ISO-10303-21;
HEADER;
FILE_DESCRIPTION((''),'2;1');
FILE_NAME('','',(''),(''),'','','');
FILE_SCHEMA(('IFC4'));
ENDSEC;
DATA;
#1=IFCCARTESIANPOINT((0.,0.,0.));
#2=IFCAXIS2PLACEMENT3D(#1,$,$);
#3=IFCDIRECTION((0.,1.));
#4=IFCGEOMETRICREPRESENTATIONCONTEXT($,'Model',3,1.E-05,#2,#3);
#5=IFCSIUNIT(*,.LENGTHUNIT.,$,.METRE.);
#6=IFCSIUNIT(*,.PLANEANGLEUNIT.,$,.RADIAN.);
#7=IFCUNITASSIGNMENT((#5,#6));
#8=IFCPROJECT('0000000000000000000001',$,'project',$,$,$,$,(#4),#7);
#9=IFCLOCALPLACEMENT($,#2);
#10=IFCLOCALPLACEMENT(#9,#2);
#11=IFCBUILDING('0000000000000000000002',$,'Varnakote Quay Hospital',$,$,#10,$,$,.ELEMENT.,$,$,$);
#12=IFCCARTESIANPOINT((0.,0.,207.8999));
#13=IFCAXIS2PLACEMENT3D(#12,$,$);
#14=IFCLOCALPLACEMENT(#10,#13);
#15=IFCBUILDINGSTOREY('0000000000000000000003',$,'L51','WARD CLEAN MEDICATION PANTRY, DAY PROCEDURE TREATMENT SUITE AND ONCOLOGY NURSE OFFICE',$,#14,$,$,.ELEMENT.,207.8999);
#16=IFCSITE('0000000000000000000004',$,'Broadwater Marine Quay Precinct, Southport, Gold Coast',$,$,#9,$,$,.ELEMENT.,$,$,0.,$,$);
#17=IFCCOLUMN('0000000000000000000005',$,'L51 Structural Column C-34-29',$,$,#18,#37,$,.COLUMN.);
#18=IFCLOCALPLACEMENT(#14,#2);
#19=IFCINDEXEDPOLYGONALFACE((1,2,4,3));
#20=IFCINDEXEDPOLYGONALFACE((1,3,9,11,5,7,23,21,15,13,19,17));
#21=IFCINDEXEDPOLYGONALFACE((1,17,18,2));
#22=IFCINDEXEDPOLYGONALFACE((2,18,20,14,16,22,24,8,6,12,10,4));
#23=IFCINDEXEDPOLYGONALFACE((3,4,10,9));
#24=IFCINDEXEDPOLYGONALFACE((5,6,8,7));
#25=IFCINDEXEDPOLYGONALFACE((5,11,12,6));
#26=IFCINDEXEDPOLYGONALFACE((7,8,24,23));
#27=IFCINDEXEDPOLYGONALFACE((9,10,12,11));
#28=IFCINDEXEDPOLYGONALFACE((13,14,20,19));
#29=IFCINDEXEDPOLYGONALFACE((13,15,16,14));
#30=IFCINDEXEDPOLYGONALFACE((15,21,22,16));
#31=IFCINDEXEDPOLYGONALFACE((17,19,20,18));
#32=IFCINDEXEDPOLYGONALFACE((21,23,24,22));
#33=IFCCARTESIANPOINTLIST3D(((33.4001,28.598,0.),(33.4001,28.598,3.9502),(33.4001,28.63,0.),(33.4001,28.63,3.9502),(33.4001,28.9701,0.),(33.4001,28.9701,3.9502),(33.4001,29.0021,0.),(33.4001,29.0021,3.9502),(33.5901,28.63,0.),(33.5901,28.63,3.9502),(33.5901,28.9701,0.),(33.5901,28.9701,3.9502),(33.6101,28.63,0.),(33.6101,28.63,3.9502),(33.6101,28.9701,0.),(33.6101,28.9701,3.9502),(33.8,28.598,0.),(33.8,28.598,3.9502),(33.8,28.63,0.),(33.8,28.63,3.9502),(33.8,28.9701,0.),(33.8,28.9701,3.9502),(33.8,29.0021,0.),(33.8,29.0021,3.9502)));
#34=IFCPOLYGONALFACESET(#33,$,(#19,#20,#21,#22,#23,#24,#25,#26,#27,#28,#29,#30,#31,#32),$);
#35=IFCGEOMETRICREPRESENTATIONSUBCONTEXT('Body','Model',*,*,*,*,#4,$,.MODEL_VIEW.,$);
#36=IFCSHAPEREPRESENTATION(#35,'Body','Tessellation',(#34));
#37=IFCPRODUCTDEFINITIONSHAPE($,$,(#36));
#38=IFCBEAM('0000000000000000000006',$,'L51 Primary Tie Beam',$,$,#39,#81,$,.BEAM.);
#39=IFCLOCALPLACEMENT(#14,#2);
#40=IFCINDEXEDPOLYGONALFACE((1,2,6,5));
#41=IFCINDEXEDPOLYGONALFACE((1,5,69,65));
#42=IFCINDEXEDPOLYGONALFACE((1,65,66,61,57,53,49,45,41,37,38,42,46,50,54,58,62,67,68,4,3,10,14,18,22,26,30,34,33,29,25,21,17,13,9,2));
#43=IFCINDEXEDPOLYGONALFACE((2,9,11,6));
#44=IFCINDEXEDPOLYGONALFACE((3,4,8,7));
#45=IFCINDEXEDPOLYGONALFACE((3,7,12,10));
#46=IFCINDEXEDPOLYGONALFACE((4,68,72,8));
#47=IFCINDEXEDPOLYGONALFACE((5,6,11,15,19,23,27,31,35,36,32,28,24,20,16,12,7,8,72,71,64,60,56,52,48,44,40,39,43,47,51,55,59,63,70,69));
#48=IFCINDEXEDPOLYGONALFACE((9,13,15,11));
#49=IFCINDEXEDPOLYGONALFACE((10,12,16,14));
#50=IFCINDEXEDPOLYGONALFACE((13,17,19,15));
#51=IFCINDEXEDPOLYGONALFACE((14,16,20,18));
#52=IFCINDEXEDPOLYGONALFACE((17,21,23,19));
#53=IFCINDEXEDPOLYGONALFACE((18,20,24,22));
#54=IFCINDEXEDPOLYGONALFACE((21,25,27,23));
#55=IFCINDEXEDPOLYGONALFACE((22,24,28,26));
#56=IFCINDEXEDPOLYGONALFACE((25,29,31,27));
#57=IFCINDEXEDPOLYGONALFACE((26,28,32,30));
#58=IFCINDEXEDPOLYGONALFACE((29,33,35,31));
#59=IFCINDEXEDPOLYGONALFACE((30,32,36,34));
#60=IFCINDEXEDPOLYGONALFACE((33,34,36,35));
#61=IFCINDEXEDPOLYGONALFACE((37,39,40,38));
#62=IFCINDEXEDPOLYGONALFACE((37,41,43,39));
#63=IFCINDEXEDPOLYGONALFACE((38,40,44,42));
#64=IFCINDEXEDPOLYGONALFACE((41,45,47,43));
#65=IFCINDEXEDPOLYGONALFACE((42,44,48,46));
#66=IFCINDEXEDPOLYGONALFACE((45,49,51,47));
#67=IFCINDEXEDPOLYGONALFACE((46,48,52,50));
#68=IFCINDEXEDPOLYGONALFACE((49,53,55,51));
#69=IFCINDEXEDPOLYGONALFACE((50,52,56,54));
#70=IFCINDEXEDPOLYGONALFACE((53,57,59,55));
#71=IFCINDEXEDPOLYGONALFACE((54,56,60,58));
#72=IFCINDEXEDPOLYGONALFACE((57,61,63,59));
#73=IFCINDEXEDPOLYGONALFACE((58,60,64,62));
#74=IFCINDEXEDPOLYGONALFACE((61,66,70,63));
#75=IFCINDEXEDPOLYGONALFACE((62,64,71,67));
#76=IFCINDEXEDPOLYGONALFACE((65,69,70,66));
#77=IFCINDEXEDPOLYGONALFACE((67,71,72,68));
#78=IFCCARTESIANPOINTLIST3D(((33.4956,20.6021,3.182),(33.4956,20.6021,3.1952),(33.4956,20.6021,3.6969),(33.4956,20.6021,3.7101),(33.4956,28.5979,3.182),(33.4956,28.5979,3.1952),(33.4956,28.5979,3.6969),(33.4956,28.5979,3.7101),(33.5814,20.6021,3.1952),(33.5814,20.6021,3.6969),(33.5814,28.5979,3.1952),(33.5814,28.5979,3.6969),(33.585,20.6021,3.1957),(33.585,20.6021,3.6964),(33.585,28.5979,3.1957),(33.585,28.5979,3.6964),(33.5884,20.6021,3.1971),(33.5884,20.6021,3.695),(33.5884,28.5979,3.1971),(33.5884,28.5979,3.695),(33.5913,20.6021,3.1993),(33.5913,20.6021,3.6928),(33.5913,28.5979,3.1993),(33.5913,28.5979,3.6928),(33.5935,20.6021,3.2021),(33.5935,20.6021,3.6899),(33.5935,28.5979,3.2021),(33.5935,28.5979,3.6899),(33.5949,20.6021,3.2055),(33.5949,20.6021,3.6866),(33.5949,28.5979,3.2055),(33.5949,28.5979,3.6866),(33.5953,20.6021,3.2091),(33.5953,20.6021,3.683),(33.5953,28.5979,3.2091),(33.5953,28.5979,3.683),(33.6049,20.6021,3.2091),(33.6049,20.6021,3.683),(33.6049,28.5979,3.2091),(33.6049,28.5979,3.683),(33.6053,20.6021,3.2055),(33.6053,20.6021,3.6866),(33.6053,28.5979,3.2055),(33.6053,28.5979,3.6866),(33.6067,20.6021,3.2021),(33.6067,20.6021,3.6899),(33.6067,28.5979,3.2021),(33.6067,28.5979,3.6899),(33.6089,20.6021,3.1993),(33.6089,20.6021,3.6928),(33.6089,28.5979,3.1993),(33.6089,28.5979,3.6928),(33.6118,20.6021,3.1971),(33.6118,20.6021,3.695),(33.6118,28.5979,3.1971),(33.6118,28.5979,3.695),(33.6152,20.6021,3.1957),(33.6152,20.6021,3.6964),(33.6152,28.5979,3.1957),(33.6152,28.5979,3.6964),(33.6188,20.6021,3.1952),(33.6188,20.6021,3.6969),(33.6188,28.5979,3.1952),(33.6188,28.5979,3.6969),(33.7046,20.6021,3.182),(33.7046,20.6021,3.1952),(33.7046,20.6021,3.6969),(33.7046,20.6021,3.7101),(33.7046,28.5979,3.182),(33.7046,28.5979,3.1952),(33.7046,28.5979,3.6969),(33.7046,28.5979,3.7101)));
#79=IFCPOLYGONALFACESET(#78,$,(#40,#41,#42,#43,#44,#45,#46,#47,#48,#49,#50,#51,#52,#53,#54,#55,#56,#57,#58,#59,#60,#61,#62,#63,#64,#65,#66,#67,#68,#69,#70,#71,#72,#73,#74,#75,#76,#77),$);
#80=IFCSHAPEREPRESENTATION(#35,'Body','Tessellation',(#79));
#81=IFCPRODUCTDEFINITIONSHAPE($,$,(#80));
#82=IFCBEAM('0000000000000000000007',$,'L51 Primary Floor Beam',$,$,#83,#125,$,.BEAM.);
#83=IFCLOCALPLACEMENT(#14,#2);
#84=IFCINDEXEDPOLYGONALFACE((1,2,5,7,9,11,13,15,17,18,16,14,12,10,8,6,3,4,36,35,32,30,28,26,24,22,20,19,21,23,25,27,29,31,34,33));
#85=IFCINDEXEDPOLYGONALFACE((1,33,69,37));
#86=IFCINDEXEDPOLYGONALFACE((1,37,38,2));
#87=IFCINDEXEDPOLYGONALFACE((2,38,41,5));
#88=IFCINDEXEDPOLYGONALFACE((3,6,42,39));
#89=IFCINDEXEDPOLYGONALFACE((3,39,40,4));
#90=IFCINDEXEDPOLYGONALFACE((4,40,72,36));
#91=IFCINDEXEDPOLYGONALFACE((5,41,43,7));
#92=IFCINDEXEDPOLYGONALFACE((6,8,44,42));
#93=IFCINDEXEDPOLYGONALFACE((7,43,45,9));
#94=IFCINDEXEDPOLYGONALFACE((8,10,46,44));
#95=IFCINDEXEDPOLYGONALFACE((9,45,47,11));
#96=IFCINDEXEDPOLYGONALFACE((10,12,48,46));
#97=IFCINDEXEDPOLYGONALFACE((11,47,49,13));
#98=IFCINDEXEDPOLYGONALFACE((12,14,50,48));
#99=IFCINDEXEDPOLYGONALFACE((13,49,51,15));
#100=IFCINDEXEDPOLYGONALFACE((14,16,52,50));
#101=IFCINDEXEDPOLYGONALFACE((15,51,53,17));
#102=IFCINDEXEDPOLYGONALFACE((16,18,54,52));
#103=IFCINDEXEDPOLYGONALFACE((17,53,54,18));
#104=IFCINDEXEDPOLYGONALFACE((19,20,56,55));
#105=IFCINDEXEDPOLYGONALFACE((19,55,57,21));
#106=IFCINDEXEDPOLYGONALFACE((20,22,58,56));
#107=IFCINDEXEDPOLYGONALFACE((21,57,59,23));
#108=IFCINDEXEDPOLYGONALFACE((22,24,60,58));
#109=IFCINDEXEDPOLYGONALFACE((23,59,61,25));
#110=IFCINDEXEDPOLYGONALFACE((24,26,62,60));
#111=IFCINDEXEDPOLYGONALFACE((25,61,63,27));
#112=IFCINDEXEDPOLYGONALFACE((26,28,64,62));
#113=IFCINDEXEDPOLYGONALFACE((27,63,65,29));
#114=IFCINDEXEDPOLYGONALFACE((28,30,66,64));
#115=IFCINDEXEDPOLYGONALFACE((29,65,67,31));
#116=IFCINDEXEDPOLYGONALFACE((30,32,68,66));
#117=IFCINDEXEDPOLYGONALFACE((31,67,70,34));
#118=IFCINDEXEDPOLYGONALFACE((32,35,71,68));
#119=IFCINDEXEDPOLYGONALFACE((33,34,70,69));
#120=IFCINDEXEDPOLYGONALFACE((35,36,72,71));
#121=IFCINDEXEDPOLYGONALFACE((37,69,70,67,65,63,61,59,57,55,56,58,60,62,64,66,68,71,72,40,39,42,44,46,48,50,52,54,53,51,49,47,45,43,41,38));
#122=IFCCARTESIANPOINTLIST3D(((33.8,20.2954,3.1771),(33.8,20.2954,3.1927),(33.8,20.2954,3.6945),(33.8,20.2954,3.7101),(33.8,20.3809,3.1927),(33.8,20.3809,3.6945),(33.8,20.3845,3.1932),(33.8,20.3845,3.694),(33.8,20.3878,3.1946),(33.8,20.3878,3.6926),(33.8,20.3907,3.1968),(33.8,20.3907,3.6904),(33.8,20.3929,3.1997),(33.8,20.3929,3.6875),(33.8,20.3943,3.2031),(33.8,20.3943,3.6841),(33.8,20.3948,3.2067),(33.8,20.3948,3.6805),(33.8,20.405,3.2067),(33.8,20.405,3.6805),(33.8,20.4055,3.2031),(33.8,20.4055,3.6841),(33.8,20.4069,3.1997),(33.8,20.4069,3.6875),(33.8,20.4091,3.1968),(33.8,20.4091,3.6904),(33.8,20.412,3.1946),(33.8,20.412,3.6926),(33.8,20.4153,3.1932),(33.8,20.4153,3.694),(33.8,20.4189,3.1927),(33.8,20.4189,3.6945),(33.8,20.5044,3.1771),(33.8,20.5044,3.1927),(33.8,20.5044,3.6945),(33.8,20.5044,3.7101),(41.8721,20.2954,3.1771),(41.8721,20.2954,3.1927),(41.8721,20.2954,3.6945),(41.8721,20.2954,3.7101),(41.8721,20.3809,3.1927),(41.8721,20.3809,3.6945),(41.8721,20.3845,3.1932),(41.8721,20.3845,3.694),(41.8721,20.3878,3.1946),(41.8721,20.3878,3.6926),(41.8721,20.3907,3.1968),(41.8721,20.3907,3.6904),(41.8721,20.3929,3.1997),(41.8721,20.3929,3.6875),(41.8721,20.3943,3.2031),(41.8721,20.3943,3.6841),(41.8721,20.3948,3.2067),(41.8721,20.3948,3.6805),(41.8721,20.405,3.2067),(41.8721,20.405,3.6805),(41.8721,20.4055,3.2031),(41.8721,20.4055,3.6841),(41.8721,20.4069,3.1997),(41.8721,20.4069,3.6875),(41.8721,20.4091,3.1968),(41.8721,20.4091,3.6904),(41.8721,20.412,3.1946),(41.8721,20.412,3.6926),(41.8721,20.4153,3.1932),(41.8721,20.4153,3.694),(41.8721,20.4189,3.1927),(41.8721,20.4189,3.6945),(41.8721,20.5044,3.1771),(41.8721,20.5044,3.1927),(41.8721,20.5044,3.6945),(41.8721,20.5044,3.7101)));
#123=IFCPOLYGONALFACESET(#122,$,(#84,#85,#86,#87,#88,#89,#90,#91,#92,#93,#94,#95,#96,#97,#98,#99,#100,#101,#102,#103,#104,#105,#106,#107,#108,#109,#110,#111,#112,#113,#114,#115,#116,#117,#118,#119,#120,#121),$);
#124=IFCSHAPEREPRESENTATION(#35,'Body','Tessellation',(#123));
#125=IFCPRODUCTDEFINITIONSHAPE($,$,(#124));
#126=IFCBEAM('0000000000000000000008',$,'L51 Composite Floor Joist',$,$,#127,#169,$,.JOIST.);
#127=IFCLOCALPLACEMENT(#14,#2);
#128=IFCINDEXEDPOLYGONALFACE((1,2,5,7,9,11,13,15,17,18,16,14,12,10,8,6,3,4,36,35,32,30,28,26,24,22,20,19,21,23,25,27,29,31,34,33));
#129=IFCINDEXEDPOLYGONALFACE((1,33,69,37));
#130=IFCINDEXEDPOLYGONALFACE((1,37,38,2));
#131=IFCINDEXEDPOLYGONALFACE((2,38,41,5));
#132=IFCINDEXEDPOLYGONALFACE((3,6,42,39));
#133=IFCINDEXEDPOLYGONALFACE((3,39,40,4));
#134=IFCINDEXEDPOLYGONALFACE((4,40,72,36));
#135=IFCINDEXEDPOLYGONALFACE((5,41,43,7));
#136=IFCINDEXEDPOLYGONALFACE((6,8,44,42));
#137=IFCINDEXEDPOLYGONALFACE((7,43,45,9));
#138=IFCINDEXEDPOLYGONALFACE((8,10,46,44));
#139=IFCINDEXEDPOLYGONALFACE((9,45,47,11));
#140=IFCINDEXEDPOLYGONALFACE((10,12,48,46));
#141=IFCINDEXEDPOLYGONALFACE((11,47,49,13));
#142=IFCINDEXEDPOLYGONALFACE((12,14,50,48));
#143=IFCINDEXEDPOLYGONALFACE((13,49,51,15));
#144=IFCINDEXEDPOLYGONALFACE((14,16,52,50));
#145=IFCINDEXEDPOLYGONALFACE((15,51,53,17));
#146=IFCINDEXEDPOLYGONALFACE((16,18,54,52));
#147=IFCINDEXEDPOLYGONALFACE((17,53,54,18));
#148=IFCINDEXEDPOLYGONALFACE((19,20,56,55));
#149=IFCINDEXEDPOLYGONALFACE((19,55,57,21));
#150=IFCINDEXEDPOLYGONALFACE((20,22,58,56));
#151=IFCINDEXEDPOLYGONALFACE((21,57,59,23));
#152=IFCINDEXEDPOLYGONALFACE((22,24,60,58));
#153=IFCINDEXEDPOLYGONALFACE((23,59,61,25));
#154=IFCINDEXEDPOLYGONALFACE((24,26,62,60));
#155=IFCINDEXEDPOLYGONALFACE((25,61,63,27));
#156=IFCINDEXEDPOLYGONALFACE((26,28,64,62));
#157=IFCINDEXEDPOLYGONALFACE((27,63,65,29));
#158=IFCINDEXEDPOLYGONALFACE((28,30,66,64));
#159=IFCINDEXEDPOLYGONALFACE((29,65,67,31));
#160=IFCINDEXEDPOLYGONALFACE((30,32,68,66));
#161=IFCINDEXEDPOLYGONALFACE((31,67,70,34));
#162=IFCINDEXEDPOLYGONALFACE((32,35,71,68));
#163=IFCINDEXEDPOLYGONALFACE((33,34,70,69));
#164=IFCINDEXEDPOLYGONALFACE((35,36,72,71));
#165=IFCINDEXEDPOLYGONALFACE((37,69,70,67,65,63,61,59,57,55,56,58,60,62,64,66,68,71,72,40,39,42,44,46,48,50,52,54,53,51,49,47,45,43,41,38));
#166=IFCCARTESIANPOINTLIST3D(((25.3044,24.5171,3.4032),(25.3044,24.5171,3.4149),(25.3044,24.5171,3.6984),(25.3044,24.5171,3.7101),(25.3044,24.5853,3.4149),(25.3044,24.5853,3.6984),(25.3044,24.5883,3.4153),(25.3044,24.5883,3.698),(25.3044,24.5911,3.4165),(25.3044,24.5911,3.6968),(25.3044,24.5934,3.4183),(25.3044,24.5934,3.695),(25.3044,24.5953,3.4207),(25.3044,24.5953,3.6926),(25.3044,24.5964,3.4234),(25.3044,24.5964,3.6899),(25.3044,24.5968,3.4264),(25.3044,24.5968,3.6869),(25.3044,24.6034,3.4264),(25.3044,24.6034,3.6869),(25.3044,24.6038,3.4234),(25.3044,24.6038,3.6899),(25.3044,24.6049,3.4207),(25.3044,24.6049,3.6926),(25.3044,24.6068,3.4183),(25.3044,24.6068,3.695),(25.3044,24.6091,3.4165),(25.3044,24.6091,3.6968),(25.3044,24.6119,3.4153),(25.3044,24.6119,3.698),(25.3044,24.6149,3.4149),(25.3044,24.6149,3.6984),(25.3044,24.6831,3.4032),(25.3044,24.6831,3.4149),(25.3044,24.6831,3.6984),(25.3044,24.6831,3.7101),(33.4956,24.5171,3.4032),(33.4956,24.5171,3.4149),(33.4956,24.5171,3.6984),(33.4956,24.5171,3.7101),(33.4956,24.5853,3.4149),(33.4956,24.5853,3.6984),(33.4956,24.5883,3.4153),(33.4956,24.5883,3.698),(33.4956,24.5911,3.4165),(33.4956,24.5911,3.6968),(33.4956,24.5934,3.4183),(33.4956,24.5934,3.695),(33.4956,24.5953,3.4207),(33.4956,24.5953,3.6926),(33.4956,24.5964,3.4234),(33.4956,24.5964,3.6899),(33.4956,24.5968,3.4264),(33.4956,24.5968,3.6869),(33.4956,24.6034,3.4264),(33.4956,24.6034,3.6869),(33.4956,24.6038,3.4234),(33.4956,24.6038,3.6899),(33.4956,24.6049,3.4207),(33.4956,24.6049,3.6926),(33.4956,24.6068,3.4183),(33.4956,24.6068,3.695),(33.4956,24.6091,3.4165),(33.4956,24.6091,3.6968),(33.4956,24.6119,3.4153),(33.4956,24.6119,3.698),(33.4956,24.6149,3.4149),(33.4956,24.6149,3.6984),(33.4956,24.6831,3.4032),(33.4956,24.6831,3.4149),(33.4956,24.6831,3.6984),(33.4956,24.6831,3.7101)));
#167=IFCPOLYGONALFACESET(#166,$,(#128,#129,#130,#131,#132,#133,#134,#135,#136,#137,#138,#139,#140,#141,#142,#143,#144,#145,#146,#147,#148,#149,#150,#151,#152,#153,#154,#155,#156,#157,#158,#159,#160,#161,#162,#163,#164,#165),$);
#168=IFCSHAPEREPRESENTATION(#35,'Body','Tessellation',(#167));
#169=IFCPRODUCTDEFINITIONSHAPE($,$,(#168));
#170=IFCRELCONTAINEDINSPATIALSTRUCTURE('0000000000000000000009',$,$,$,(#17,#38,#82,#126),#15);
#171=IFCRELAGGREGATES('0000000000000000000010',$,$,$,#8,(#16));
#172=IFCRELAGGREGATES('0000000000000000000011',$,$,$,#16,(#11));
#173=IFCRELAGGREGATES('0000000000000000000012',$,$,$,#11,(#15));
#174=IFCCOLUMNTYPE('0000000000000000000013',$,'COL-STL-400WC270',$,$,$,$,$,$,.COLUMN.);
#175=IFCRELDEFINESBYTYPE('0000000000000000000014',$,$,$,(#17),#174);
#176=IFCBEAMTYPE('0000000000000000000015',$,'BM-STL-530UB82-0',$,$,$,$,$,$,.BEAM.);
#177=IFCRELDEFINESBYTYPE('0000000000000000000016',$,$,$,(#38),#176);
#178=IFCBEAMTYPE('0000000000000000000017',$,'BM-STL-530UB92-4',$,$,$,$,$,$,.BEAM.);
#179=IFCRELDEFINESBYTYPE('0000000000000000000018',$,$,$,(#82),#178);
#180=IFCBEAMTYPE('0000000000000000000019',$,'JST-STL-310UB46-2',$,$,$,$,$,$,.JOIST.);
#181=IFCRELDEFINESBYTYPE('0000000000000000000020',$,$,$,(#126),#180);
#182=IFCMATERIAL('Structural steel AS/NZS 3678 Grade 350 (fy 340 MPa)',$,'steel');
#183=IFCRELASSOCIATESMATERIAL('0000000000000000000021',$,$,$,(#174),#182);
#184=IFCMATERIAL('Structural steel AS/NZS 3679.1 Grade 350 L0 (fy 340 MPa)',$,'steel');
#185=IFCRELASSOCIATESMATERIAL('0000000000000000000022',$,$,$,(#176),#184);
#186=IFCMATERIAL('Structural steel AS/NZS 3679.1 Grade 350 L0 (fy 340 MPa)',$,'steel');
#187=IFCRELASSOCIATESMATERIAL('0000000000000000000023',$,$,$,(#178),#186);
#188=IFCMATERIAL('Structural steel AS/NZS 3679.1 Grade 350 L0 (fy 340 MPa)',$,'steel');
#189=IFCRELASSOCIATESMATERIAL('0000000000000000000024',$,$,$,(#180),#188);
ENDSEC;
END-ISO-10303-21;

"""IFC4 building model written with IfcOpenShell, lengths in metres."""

from ifc_helpers import new_model, si_unit, direction, frame, origin, origin_2d, place, context, subcontext, project, spatial, i_section, extrude, material, material_profile, profile_set, type_object, element, save


model = new_model("IFC4")

# Units and contexts
model_context = context("Model", 3, precision=1e-05, world=origin(), true_north=direction((0.0, 1.0)))
body_context = subcontext(model_context, "Body", "Model", "MODEL_VIEW")
ifc_project = project(units=[si_unit("LENGTHUNIT", "METRE"), si_unit("PLANEANGLEUNIT", "RADIAN")], contexts=[model_context])

# Site, building, storey
site_placement = place(None, origin())
site = spatial("IfcSite", under=ifc_project, at=site_placement, Name="Broadwater Marine Quay Precinct, Southport, Gold Coast", CompositionType="ELEMENT", RefElevation=0.0)
building_placement = place(site_placement, origin())
building = spatial("IfcBuilding", under=site, at=building_placement, Name="Varnakote Quay Hospital", CompositionType="ELEMENT")
storey_placement = place(building_placement, frame((0.0, 0.0, 207.8999)))
storey = spatial("IfcBuildingStorey", under=building, at=storey_placement, Name="L51", Description="WARD CLEAN MEDICATION PANTRY, DAY PROCEDURE TREATMENT SUITE AND ONCOLOGY NURSE OFFICE", CompositionType="ELEMENT", Elevation=207.8999)

# Column
ifc_material_1 = material(Name="Structural steel AS/NZS 3678 Grade 350 (fy 340 MPa)", Category="steel")
ifc_material_profile_1 = material_profile(ifc_material_1, i_section(OverallWidth=0.3999, OverallDepth=0.4041, WebThickness=0.02, FlangeThickness=0.032, at=origin_2d()), Name="400WC270")
ifc_profile_set_1 = profile_set([ifc_material_profile_1], Name="Structural steel AS/NZS 3678 Grade 350 (fy 340 MPa)")
column_type = type_object("IfcColumnType", Name="COL-STL-400WC270", PredefinedType="COLUMN", material=ifc_profile_set_1)
column_placement = place(storey_placement, frame((33.6001, 28.8, 0.0), z_axis=(0.0, 0.0, 1.0), x_axis=(1.0, 0.0, 0.0)))
element("IfcColumn", 1, at=column_placement, inside=storey, type_object=column_type, Name="L51 Structural Column C-34-29", PredefinedType="COLUMN", context=body_context, shape_type="SweptSolid", body=[
    extrude(i_section(OverallWidth=0.3999, OverallDepth=0.4041, WebThickness=0.02, FlangeThickness=0.032, at=origin_2d()), origin(), (0.0, 0.0, 1.0), 3.9502),
])

# Beams
ifc_material_2 = material(Name="Structural steel AS/NZS 3679.1 Grade 350 L0 (fy 340 MPa)", Category="steel")
ifc_material_profile_2 = material_profile(ifc_material_2, i_section(OverallWidth=0.209, OverallDepth=0.5281, WebThickness=0.0095, FlangeThickness=0.0132, FilletRadius=0.0139, at=origin_2d()), Name="530UB82.0")
ifc_profile_set_2 = profile_set([ifc_material_profile_2], Name="Structural steel AS/NZS 3679.1 Grade 350 L0 (fy 340 MPa)")
beam_type_1 = type_object("IfcBeamType", Name="BM-STL-530UB82-0", PredefinedType="BEAM", material=ifc_profile_set_2)
beam_1_placement = place(storey_placement, frame((33.6001, 20.6021, 3.446), z_axis=(0.0, 1.0, 0.0), x_axis=(-1.0, 0.0, 0.0)))
element("IfcBeam", 2, at=beam_1_placement, inside=storey, type_object=beam_type_1, Name="L51 Primary Tie Beam", PredefinedType="BEAM", context=body_context, shape_type="SweptSolid", body=[
    extrude(i_section(OverallWidth=0.209, OverallDepth=0.5281, WebThickness=0.0095, FlangeThickness=0.0132, FilletRadius=0.0139, at=origin_2d()), origin(), (0.0, 0.0, 1.0), 7.9958),
])
ifc_material_3 = material(Name="Structural steel AS/NZS 3679.1 Grade 350 L0 (fy 340 MPa)", Category="steel")
ifc_material_profile_3 = material_profile(ifc_material_3, i_section(OverallWidth=0.209, OverallDepth=0.533, WebThickness=0.0103, FlangeThickness=0.0156, FilletRadius=0.0139, at=origin_2d()), Name="530UB92.4")
ifc_profile_set_3 = profile_set([ifc_material_profile_3], Name="Structural steel AS/NZS 3679.1 Grade 350 L0 (fy 340 MPa)")
beam_type_2 = type_object("IfcBeamType", Name="BM-STL-530UB92-4", PredefinedType="BEAM", material=ifc_profile_set_3)
beam_2_placement = place(storey_placement, frame((33.8, 20.3999, 3.4436), z_axis=(1.0, 0.0, 0.0), x_axis=(0.0, 1.0, 0.0)))
element("IfcBeam", 3, at=beam_2_placement, inside=storey, type_object=beam_type_2, Name="L51 Primary Floor Beam", PredefinedType="BEAM", context=body_context, shape_type="SweptSolid", body=[
    extrude(i_section(OverallWidth=0.209, OverallDepth=0.533, WebThickness=0.0103, FlangeThickness=0.0156, FilletRadius=0.0139, at=origin_2d()), origin(), (0.0, 0.0, 1.0), 8.072),
])
ifc_material_4 = material(Name="Structural steel AS/NZS 3679.1 Grade 350 L0 (fy 340 MPa)", Category="steel")
ifc_material_profile_4 = material_profile(ifc_material_4, i_section(OverallWidth=0.166, OverallDepth=0.3069, WebThickness=0.0066, FlangeThickness=0.0117, FilletRadius=0.0115, at=origin_2d()), Name="310UB46.2")
ifc_profile_set_4 = profile_set([ifc_material_profile_4], Name="Structural steel AS/NZS 3679.1 Grade 350 L0 (fy 340 MPa)")
beam_type_3 = type_object("IfcBeamType", Name="JST-STL-310UB46-2", PredefinedType="JOIST", material=ifc_profile_set_4)
beam_3_placement = place(storey_placement, frame((25.3044, 24.6001, 3.5566), z_axis=(1.0, 0.0, 0.0), x_axis=(0.0, 1.0, 0.0)))
element("IfcBeam", 4, at=beam_3_placement, inside=storey, type_object=beam_type_3, Name="L51 Composite Floor Joist", PredefinedType="JOIST", context=body_context, shape_type="SweptSolid", body=[
    extrude(i_section(OverallWidth=0.166, OverallDepth=0.3069, WebThickness=0.0066, FlangeThickness=0.0117, FilletRadius=0.0115, at=origin_2d()), origin(), (0.0, 0.0, 1.0), 8.1912),
])

save(model, "model.ifc")
